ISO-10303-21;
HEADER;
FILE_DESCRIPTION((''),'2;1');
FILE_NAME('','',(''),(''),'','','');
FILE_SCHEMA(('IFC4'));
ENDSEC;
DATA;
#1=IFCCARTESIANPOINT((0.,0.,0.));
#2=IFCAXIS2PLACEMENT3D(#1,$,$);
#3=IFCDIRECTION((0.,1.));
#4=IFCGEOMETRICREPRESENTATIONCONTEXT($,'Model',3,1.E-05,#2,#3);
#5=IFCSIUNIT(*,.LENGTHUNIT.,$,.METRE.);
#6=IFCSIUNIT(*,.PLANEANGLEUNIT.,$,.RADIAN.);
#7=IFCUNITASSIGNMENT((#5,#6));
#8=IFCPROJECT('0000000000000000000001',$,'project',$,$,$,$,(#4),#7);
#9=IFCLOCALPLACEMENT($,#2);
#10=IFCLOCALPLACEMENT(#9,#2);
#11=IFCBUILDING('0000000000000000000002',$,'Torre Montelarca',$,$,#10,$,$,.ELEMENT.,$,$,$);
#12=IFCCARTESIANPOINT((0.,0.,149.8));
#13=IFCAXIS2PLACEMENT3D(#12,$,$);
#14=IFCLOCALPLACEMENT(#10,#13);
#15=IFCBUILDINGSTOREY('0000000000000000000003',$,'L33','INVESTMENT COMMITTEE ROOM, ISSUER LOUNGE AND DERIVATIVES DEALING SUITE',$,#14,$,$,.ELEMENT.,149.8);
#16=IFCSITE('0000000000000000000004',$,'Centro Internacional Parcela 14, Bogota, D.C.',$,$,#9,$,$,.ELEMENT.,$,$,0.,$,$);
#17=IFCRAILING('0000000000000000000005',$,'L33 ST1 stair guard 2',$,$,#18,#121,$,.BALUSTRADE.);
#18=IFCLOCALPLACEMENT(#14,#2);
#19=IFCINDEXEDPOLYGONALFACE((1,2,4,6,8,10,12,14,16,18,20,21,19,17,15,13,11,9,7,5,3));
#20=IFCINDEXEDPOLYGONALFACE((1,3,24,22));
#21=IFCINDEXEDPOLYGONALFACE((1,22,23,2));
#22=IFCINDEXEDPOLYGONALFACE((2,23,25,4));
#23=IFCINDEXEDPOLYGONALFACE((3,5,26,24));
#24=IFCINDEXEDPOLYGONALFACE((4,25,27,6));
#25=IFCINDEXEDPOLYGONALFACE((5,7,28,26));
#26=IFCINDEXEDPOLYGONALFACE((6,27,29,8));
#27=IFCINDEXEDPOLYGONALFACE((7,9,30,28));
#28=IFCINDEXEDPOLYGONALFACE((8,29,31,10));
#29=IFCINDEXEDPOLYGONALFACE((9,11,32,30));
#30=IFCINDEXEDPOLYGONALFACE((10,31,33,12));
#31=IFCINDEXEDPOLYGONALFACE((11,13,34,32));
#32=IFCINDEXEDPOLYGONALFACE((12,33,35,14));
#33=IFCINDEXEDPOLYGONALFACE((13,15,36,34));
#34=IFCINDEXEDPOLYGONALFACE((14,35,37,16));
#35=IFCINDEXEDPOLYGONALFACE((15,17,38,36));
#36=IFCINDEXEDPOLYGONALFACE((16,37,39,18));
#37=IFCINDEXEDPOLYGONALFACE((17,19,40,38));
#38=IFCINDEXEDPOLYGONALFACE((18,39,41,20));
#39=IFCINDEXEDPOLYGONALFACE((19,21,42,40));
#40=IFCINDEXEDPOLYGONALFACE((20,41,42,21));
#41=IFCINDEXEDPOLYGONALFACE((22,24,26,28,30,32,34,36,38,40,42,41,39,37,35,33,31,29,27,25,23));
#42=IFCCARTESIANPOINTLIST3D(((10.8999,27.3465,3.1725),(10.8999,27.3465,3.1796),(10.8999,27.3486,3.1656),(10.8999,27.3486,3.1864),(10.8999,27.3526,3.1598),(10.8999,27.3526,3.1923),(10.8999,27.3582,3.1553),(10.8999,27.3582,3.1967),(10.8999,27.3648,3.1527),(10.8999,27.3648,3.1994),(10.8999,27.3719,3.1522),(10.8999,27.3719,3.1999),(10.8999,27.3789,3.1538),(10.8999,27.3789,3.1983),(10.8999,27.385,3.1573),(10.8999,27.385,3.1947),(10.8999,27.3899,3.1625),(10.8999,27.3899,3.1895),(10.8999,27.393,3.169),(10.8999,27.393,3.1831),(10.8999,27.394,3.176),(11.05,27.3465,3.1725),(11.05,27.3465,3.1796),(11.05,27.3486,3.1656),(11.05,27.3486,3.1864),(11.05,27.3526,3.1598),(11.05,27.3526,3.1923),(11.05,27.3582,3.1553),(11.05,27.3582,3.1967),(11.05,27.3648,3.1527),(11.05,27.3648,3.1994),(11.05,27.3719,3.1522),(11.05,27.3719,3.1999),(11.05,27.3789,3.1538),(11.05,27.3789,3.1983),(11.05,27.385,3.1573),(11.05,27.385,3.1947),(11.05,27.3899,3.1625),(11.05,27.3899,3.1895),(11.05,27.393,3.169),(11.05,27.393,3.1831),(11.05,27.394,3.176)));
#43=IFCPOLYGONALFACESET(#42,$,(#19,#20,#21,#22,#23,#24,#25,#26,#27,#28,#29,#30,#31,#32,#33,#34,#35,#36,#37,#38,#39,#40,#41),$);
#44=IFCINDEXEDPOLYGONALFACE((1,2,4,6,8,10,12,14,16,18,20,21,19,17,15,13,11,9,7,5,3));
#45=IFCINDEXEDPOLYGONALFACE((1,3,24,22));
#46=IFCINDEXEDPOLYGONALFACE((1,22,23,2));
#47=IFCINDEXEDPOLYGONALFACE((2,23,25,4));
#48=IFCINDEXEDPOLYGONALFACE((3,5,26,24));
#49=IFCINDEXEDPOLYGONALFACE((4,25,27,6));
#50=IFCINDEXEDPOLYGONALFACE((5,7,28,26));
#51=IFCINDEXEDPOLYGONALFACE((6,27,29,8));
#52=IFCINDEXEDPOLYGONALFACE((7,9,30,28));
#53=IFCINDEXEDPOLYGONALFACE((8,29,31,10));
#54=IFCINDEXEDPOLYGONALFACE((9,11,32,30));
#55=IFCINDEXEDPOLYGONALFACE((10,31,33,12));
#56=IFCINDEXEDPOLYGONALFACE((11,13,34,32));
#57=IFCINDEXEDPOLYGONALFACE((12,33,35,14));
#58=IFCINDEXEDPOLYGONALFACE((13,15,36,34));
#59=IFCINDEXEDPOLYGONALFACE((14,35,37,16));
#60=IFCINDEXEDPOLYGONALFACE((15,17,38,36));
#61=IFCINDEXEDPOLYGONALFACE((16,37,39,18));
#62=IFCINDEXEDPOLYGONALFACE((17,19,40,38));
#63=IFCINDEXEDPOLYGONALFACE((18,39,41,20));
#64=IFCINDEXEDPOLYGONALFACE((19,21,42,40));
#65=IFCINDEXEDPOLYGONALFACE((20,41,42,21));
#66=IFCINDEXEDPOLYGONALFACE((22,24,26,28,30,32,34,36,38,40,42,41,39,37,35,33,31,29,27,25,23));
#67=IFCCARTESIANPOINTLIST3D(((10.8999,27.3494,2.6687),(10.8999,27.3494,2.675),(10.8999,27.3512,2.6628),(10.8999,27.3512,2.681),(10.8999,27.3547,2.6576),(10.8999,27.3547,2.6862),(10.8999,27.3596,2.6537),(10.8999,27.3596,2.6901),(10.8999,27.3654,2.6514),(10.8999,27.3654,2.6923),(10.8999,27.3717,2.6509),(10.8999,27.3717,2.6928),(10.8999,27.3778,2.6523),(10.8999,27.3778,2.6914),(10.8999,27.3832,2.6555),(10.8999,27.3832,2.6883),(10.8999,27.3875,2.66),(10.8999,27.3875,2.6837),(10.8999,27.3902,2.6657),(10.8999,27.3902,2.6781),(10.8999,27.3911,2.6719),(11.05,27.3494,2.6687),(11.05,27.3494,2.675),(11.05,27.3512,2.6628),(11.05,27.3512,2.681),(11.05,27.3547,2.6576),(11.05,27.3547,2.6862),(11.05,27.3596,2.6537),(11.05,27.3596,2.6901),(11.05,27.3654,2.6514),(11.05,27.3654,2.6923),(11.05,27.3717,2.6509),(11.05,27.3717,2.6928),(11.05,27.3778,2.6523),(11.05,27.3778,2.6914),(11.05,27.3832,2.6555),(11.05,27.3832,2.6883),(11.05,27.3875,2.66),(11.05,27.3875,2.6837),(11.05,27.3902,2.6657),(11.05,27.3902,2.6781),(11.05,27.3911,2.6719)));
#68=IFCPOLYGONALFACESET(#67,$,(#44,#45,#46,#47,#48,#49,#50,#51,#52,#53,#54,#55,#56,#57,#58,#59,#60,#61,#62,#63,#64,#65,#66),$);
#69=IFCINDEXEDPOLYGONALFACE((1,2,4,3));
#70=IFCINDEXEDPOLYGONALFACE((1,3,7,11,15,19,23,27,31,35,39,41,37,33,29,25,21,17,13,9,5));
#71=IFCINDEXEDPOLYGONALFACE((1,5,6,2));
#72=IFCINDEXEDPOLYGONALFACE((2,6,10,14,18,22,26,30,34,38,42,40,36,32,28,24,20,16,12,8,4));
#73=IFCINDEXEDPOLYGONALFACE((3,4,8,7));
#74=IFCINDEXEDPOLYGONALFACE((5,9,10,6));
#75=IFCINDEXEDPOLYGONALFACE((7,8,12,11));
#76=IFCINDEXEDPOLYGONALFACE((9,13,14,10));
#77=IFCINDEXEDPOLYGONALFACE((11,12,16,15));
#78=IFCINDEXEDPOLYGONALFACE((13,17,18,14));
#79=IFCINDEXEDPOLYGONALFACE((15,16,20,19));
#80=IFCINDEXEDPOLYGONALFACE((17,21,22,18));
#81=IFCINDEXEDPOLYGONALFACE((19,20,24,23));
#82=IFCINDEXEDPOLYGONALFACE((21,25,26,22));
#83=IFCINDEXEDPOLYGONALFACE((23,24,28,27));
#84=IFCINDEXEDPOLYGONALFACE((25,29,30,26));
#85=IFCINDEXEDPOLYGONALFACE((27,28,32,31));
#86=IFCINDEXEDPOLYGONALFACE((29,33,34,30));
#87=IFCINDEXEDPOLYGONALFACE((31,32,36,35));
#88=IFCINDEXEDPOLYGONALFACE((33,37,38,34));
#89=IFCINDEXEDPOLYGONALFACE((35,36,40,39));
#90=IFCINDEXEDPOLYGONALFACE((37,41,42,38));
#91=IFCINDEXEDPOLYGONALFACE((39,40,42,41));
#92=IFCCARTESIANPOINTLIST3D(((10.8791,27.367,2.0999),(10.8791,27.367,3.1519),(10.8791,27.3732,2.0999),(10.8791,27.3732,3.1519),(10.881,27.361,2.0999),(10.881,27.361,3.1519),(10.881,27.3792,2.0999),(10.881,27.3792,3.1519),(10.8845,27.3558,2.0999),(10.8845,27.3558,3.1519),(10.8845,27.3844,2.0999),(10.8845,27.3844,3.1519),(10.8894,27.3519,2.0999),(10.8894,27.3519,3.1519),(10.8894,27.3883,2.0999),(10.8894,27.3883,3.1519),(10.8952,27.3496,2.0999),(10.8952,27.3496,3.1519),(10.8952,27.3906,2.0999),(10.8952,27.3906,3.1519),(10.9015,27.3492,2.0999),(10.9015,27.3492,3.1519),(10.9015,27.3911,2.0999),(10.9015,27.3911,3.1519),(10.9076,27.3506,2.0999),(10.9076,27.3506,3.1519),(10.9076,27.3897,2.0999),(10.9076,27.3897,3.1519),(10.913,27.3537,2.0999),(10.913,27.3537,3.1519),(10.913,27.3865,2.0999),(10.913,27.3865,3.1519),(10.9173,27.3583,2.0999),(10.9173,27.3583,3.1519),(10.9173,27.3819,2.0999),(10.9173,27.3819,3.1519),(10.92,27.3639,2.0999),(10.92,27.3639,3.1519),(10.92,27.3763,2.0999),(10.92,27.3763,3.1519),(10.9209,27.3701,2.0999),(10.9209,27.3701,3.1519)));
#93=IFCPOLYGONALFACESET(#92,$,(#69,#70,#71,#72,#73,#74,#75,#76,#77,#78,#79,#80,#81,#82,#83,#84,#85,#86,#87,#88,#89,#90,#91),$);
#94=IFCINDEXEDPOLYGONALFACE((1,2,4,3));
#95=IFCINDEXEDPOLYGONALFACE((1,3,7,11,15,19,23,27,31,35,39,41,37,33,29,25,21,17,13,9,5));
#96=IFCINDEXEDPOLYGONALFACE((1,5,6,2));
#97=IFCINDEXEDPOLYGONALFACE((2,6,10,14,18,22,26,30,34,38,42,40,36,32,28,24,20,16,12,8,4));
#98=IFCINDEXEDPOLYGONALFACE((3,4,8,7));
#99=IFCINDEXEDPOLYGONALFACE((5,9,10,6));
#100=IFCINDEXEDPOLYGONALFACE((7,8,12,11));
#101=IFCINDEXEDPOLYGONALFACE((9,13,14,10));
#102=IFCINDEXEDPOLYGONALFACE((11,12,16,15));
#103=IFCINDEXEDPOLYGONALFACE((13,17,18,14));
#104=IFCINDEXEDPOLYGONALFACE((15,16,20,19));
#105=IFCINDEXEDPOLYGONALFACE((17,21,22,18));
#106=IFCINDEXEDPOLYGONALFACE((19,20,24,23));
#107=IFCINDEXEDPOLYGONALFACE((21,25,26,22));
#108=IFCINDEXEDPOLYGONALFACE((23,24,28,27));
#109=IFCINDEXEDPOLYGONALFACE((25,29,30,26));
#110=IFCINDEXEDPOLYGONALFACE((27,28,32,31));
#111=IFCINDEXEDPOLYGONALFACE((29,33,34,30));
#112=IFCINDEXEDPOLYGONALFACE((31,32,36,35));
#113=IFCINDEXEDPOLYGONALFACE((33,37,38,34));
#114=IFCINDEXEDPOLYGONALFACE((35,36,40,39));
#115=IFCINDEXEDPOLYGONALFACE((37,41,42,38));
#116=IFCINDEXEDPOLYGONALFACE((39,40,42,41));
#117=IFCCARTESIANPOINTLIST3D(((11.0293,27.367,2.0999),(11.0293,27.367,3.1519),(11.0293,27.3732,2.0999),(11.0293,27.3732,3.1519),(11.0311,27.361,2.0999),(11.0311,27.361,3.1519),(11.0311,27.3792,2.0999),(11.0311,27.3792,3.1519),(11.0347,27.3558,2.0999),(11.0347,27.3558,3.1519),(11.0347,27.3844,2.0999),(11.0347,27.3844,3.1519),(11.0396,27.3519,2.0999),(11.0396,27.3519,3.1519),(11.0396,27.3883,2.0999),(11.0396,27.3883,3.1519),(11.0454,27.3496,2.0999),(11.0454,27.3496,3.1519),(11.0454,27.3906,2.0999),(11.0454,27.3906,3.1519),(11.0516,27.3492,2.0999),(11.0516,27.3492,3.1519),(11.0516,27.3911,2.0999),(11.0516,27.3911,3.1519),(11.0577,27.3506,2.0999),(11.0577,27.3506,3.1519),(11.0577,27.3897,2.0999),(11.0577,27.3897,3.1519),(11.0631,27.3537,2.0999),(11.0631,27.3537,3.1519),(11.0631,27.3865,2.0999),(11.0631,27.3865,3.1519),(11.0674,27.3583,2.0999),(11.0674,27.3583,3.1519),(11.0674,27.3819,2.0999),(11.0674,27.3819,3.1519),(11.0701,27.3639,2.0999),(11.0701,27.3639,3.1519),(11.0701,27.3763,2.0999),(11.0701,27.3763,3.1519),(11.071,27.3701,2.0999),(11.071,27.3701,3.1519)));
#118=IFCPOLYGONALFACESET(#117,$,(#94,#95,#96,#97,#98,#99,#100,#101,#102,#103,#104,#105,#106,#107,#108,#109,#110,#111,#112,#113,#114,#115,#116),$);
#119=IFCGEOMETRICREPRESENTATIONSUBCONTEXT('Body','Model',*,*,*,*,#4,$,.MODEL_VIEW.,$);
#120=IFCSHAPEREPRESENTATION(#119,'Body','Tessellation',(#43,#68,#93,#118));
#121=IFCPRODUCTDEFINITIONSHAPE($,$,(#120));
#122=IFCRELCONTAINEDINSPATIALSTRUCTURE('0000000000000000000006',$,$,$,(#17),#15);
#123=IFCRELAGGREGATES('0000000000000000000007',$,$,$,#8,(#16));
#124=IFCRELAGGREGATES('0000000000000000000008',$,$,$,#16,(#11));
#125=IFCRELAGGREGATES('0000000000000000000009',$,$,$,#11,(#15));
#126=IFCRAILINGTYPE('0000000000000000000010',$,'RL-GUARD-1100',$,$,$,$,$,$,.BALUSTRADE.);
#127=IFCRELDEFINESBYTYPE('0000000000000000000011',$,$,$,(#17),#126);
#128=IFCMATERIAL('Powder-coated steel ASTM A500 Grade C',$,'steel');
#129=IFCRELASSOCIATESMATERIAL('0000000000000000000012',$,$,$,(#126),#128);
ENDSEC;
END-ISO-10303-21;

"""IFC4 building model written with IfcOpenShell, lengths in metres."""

from ifc_helpers import new_model, si_unit, direction, frame, origin, origin_2d, place, context, subcontext, project, spatial, circle, extrude, material, type_object, element, save


model = new_model("IFC4")

# Units and contexts
model_context = context("Model", 3, precision=1e-05, world=origin(), true_north=direction((0.0, 1.0)))
body_context = subcontext(model_context, "Body", "Model", "MODEL_VIEW")
ifc_project = project(units=[si_unit("LENGTHUNIT", "METRE"), si_unit("PLANEANGLEUNIT", "RADIAN")], contexts=[model_context])

# Site, building, storey
site_placement = place(None, origin())
site = spatial("IfcSite", under=ifc_project, at=site_placement, Name="Centro Internacional Parcela 14, Bogota, D.C.", CompositionType="ELEMENT", RefElevation=0.0)
building_placement = place(site_placement, origin())
building = spatial("IfcBuilding", under=site, at=building_placement, Name="Torre Montelarca", CompositionType="ELEMENT")
storey_placement = place(building_placement, frame((0.0, 0.0, 149.8)))
storey = spatial("IfcBuildingStorey", under=building, at=storey_placement, Name="L33", Description="INVESTMENT COMMITTEE ROOM, ISSUER LOUNGE AND DERIVATIVES DEALING SUITE", CompositionType="ELEMENT", Elevation=149.8)

# Railing
ifc_material_1 = material(Name="Powder-coated steel ASTM A500 Grade C", Category="steel")
railing_type_1 = type_object("IfcRailingType", Name="RL-GUARD-1100", PredefinedType="BALUSTRADE", material=ifc_material_1)
railing_1_placement = place(storey_placement, frame((10.8999, 27.3701, 2.0999)))
element("IfcRailing", 1, at=railing_1_placement, inside=storey, type_object=railing_type_1, Name="L33 ST1 stair guard 2", PredefinedType="BALUSTRADE", context=body_context, shape_type="SweptSolid", body=[
    extrude(circle(Radius=0.0239, at=origin_2d()), frame((0.0, 0.0, 1.0762), z_axis=(1.0, 0.0, 0.0), x_axis=(0.0, 1.0, 0.0)), (0.0, 0.0, 1.0), 0.1501),
    extrude(circle(Radius=0.021, at=origin_2d()), frame((0.0, 0.0, 0.572), z_axis=(1.0, 0.0, 0.0), x_axis=(0.0, 1.0, 0.0)), (0.0, 0.0, 1.0), 0.1501),
    extrude(circle(Radius=0.021, at=origin_2d()), origin(), (0.0, 0.0, 1.0), 1.052),
    extrude(circle(Radius=0.021, at=origin_2d()), frame((0.1501, 0.0, 0.0)), (0.0, 0.0, 1.0), 1.052),
])

save(model, "model.ifc")
